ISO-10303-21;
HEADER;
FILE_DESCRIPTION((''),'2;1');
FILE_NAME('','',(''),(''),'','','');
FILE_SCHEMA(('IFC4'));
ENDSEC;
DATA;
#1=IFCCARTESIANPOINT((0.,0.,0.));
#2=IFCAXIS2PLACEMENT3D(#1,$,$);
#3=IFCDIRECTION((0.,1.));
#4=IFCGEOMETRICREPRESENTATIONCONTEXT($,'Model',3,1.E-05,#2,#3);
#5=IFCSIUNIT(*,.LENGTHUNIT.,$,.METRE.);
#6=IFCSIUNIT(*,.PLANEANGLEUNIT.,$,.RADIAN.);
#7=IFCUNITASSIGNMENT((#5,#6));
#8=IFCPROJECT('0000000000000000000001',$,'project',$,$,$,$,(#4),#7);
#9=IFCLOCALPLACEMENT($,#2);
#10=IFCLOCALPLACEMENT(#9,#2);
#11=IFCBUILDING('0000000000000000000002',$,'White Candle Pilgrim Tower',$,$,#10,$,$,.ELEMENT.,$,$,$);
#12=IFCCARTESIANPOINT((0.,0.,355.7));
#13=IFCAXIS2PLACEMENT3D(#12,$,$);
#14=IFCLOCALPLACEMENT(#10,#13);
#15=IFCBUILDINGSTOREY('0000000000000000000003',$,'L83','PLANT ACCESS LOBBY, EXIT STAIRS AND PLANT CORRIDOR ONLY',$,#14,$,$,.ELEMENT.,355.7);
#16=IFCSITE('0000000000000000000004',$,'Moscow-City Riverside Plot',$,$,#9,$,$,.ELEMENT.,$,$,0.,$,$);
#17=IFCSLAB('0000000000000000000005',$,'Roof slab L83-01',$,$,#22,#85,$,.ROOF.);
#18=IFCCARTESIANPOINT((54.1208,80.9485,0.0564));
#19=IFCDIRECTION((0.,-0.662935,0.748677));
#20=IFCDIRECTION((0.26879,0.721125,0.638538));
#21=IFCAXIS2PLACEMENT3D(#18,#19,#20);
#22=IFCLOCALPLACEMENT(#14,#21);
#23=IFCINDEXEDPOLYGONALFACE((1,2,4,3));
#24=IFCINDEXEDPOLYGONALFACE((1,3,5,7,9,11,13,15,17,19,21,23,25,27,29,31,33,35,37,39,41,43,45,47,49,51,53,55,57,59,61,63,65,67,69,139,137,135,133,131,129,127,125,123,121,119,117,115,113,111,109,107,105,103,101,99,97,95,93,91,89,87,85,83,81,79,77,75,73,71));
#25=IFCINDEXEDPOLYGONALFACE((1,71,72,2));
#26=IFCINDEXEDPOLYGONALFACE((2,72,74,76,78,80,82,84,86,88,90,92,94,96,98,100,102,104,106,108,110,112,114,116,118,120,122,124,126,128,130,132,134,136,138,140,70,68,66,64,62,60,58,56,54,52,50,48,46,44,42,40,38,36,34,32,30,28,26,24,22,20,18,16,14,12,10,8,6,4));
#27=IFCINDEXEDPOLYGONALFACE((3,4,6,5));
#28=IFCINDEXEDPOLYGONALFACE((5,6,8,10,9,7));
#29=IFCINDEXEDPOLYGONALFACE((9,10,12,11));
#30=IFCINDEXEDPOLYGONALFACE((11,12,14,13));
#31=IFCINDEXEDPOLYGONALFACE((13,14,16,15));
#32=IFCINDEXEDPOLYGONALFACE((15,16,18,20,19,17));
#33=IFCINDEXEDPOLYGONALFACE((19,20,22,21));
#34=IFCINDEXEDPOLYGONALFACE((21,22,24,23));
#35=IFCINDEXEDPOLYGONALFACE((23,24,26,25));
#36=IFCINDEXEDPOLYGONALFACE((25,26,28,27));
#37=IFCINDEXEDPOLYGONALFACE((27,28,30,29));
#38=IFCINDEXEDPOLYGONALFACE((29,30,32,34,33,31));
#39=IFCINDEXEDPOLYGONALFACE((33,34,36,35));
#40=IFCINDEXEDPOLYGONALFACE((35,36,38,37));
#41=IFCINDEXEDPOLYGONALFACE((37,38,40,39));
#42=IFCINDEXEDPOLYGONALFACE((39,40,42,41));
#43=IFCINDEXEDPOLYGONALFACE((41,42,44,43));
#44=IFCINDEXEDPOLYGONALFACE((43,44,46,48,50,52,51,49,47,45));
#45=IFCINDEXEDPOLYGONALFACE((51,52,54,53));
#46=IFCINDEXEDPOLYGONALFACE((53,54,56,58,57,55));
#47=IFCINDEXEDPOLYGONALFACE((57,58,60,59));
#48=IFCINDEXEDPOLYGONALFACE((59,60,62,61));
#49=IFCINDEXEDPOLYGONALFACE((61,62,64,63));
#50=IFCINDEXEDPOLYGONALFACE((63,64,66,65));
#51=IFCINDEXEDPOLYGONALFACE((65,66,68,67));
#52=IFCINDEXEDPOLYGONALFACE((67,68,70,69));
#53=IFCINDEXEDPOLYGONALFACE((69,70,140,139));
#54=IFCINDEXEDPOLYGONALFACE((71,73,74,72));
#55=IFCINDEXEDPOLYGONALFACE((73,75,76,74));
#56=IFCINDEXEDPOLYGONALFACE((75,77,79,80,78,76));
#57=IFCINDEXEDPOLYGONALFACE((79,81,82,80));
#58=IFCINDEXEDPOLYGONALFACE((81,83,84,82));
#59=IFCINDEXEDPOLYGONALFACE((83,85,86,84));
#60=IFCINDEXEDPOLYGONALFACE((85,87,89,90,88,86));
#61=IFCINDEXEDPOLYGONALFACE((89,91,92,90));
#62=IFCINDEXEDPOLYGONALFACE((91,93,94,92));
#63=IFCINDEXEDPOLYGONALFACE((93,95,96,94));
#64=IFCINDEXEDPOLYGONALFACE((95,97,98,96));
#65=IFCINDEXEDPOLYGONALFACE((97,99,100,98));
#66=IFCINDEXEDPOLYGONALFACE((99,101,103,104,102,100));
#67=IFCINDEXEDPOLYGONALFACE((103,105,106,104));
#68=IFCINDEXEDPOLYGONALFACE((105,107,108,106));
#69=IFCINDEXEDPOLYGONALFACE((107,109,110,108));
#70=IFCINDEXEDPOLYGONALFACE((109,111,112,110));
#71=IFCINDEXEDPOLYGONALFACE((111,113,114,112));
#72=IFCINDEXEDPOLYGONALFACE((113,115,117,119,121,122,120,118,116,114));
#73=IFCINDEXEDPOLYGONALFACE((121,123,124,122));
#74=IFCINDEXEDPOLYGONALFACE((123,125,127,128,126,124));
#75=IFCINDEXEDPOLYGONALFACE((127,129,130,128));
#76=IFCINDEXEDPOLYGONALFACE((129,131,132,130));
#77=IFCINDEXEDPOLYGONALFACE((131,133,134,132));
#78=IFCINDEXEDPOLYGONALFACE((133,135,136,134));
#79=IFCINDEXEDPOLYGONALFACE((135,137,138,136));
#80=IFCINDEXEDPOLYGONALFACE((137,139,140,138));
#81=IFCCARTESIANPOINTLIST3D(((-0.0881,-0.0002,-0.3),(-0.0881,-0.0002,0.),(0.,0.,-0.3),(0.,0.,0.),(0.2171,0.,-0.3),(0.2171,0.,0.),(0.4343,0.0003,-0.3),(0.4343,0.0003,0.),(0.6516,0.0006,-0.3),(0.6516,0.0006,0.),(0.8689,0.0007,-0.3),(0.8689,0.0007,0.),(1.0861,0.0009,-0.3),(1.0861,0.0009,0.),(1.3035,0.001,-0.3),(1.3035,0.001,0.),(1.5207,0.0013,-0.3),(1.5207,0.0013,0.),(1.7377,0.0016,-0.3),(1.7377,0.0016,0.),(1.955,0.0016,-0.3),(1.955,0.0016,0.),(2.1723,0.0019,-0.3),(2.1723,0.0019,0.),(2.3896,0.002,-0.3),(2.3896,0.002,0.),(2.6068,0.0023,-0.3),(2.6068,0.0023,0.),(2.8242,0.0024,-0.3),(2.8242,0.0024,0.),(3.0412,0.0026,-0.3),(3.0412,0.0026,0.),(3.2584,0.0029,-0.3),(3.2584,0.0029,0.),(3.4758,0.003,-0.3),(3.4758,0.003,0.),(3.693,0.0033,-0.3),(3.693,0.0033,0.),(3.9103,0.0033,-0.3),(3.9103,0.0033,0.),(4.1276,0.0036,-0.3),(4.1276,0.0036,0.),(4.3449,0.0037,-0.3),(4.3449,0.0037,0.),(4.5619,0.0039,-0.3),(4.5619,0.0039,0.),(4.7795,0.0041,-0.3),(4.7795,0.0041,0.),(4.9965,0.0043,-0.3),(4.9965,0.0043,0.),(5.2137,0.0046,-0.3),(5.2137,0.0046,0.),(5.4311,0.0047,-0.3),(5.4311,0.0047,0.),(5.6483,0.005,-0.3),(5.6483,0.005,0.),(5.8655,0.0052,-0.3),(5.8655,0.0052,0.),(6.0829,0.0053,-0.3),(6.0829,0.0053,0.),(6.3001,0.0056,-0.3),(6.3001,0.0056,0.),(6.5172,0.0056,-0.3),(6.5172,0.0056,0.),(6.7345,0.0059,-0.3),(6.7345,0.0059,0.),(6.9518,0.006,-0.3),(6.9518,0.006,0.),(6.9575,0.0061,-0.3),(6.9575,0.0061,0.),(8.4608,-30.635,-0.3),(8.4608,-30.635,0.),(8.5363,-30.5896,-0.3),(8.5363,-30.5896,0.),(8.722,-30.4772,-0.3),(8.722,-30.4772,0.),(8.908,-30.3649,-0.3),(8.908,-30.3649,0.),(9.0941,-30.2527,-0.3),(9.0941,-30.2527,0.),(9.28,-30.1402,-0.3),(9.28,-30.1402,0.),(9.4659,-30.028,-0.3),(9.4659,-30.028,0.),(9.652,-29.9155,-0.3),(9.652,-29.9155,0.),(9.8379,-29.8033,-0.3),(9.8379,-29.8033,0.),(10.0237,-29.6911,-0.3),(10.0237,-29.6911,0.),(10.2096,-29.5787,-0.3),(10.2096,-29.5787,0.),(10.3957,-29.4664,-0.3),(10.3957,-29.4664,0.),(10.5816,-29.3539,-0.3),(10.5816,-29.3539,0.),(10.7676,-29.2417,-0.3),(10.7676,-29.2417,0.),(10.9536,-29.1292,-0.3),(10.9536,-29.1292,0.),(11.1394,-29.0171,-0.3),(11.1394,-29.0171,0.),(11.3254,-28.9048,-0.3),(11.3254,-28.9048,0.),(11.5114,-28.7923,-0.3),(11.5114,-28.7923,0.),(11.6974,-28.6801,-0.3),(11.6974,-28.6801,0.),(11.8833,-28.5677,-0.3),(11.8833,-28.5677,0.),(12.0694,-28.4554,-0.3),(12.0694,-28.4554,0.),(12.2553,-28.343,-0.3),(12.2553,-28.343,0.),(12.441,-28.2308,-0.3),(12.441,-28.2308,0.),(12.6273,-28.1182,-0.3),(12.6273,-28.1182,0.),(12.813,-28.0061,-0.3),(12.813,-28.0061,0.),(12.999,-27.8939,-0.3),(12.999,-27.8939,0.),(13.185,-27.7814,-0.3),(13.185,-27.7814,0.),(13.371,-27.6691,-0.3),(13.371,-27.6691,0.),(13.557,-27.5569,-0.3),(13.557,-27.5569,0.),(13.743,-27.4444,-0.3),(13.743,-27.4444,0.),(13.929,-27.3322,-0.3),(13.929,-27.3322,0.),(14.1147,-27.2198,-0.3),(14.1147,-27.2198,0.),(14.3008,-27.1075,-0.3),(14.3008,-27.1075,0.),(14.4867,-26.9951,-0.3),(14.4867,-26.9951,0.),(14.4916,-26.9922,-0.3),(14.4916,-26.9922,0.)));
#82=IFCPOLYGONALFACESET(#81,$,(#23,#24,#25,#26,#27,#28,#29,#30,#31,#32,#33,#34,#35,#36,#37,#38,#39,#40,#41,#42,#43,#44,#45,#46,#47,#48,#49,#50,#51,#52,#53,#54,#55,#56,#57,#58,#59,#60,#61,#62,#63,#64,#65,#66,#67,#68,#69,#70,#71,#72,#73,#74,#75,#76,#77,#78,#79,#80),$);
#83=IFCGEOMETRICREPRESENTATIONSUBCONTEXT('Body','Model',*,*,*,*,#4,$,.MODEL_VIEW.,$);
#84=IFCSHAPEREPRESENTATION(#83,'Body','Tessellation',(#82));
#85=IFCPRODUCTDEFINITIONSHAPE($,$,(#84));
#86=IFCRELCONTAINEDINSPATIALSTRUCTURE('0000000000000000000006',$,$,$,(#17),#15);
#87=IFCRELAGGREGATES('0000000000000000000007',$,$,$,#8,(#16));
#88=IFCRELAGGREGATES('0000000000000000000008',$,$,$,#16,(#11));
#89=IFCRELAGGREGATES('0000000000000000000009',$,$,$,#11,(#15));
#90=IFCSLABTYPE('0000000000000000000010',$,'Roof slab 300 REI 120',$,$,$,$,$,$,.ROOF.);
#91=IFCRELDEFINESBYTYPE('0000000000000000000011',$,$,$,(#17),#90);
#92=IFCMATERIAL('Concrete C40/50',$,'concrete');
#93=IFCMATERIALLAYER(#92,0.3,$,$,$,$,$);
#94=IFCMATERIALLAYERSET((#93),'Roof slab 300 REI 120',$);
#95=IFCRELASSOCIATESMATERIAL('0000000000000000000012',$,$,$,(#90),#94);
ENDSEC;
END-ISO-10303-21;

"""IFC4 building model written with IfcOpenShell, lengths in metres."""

from ifc_helpers import new_model, si_unit, direction, frame, origin, place, context, subcontext, project, spatial, polyline, outline, extrude, material, layer, layer_set, type_object, element, save


model = new_model("IFC4")

# Units and contexts
model_context = context("Model", 3, precision=1e-05, world=origin(), true_north=direction((0.0, 1.0)))
body_context = subcontext(model_context, "Body", "Model", "MODEL_VIEW")
ifc_project = project(units=[si_unit("LENGTHUNIT", "METRE"), si_unit("PLANEANGLEUNIT", "RADIAN")], contexts=[model_context])

# Site, building, storey
site_placement = place(None, origin())
site = spatial("IfcSite", under=ifc_project, at=site_placement, Name="Moscow-City Riverside Plot", CompositionType="ELEMENT", RefElevation=0.0)
building_placement = place(site_placement, origin())
building = spatial("IfcBuilding", under=site, at=building_placement, Name="White Candle Pilgrim Tower", CompositionType="ELEMENT")
storey_placement = place(building_placement, frame((0.0, 0.0, 355.7)))
storey = spatial("IfcBuildingStorey", under=building, at=storey_placement, Name="L83", Description="PLANT ACCESS LOBBY, EXIT STAIRS AND PLANT CORRIDOR ONLY", CompositionType="ELEMENT", Elevation=355.7)

# Slab
ifc_material_1 = material(Name="Concrete C40/50", Category="concrete")
ifc_layer_1 = layer(ifc_material_1, 0.3)
ifc_layer_set_1 = layer_set([ifc_layer_1], Name="Roof slab 300 REI 120")
slab_type_1 = type_object("IfcSlabType", Name="Roof slab 300 REI 120", PredefinedType="ROOF", material=ifc_layer_set_1)
slab_1_placement = place(storey_placement, frame((54.1208, 80.9485, 0.0564), z_axis=(0.0, -0.662935, 0.748677), x_axis=(0.26879, 0.721125, 0.638538)))
element("IfcSlab", 1, at=slab_1_placement, inside=storey, type_object=slab_type_1, Name="Roof slab L83-01", PredefinedType="ROOF", context=body_context, shape_type="SweptSolid", body=[
    extrude(outline(polyline([(0.0, 0.0), (0.2171, 0.0), (0.4343, 0.0003), (0.6516, 0.0006), (0.8689, 0.0007), (1.0861, 0.0009), (1.3035, 0.001), (1.5207, 0.0013), (1.7377, 0.0016), (1.955, 0.0016), (2.1723, 0.0019), (2.3896, 0.002), (2.6068, 0.0023), (2.8242, 0.0024), (3.0412, 0.0026), (3.2584, 0.0029), (3.4758, 0.003), (3.693, 0.0033), (3.9103, 0.0033), (4.1276, 0.0036), (4.3449, 0.0037), (4.5619, 0.0039), (4.7795, 0.0041), (4.9965, 0.0043), (5.2137, 0.0046), (5.4311, 0.0047), (5.6483, 0.005), (5.8655, 0.0052), (6.0829, 0.0053), (6.3001, 0.0056), (6.5172, 0.0056), (6.7345, 0.0059), (6.9518, 0.006), (6.9575, 0.0061), (14.4916, -26.9922), (14.4867, -26.9951), (14.3008, -27.1075), (14.1147, -27.2198), (13.929, -27.3322), (13.743, -27.4444), (13.557, -27.5569), (13.371, -27.6691), (13.185, -27.7814), (12.999, -27.8939), (12.813, -28.0061), (12.6273, -28.1182), (12.441, -28.2308), (12.2553, -28.343), (12.0694, -28.4554), (11.8833, -28.5677), (11.6974, -28.6801), (11.5114, -28.7923), (11.3254, -28.9048), (11.1394, -29.0171), (10.9536, -29.1292), (10.7676, -29.2417), (10.5816, -29.3539), (10.3957, -29.4664), (10.2096, -29.5787), (10.0237, -29.6911), (9.8379, -29.8033), (9.652, -29.9155), (9.4659, -30.028), (9.28, -30.1402), (9.0941, -30.2527), (8.908, -30.3649), (8.722, -30.4772), (8.5363, -30.5896), (8.4608, -30.635), (-0.0881, -0.0002), (0.0, 0.0)])), origin(), (0.0, 0.0, -1.0), 0.3),
])

save(model, "model.ifc")
